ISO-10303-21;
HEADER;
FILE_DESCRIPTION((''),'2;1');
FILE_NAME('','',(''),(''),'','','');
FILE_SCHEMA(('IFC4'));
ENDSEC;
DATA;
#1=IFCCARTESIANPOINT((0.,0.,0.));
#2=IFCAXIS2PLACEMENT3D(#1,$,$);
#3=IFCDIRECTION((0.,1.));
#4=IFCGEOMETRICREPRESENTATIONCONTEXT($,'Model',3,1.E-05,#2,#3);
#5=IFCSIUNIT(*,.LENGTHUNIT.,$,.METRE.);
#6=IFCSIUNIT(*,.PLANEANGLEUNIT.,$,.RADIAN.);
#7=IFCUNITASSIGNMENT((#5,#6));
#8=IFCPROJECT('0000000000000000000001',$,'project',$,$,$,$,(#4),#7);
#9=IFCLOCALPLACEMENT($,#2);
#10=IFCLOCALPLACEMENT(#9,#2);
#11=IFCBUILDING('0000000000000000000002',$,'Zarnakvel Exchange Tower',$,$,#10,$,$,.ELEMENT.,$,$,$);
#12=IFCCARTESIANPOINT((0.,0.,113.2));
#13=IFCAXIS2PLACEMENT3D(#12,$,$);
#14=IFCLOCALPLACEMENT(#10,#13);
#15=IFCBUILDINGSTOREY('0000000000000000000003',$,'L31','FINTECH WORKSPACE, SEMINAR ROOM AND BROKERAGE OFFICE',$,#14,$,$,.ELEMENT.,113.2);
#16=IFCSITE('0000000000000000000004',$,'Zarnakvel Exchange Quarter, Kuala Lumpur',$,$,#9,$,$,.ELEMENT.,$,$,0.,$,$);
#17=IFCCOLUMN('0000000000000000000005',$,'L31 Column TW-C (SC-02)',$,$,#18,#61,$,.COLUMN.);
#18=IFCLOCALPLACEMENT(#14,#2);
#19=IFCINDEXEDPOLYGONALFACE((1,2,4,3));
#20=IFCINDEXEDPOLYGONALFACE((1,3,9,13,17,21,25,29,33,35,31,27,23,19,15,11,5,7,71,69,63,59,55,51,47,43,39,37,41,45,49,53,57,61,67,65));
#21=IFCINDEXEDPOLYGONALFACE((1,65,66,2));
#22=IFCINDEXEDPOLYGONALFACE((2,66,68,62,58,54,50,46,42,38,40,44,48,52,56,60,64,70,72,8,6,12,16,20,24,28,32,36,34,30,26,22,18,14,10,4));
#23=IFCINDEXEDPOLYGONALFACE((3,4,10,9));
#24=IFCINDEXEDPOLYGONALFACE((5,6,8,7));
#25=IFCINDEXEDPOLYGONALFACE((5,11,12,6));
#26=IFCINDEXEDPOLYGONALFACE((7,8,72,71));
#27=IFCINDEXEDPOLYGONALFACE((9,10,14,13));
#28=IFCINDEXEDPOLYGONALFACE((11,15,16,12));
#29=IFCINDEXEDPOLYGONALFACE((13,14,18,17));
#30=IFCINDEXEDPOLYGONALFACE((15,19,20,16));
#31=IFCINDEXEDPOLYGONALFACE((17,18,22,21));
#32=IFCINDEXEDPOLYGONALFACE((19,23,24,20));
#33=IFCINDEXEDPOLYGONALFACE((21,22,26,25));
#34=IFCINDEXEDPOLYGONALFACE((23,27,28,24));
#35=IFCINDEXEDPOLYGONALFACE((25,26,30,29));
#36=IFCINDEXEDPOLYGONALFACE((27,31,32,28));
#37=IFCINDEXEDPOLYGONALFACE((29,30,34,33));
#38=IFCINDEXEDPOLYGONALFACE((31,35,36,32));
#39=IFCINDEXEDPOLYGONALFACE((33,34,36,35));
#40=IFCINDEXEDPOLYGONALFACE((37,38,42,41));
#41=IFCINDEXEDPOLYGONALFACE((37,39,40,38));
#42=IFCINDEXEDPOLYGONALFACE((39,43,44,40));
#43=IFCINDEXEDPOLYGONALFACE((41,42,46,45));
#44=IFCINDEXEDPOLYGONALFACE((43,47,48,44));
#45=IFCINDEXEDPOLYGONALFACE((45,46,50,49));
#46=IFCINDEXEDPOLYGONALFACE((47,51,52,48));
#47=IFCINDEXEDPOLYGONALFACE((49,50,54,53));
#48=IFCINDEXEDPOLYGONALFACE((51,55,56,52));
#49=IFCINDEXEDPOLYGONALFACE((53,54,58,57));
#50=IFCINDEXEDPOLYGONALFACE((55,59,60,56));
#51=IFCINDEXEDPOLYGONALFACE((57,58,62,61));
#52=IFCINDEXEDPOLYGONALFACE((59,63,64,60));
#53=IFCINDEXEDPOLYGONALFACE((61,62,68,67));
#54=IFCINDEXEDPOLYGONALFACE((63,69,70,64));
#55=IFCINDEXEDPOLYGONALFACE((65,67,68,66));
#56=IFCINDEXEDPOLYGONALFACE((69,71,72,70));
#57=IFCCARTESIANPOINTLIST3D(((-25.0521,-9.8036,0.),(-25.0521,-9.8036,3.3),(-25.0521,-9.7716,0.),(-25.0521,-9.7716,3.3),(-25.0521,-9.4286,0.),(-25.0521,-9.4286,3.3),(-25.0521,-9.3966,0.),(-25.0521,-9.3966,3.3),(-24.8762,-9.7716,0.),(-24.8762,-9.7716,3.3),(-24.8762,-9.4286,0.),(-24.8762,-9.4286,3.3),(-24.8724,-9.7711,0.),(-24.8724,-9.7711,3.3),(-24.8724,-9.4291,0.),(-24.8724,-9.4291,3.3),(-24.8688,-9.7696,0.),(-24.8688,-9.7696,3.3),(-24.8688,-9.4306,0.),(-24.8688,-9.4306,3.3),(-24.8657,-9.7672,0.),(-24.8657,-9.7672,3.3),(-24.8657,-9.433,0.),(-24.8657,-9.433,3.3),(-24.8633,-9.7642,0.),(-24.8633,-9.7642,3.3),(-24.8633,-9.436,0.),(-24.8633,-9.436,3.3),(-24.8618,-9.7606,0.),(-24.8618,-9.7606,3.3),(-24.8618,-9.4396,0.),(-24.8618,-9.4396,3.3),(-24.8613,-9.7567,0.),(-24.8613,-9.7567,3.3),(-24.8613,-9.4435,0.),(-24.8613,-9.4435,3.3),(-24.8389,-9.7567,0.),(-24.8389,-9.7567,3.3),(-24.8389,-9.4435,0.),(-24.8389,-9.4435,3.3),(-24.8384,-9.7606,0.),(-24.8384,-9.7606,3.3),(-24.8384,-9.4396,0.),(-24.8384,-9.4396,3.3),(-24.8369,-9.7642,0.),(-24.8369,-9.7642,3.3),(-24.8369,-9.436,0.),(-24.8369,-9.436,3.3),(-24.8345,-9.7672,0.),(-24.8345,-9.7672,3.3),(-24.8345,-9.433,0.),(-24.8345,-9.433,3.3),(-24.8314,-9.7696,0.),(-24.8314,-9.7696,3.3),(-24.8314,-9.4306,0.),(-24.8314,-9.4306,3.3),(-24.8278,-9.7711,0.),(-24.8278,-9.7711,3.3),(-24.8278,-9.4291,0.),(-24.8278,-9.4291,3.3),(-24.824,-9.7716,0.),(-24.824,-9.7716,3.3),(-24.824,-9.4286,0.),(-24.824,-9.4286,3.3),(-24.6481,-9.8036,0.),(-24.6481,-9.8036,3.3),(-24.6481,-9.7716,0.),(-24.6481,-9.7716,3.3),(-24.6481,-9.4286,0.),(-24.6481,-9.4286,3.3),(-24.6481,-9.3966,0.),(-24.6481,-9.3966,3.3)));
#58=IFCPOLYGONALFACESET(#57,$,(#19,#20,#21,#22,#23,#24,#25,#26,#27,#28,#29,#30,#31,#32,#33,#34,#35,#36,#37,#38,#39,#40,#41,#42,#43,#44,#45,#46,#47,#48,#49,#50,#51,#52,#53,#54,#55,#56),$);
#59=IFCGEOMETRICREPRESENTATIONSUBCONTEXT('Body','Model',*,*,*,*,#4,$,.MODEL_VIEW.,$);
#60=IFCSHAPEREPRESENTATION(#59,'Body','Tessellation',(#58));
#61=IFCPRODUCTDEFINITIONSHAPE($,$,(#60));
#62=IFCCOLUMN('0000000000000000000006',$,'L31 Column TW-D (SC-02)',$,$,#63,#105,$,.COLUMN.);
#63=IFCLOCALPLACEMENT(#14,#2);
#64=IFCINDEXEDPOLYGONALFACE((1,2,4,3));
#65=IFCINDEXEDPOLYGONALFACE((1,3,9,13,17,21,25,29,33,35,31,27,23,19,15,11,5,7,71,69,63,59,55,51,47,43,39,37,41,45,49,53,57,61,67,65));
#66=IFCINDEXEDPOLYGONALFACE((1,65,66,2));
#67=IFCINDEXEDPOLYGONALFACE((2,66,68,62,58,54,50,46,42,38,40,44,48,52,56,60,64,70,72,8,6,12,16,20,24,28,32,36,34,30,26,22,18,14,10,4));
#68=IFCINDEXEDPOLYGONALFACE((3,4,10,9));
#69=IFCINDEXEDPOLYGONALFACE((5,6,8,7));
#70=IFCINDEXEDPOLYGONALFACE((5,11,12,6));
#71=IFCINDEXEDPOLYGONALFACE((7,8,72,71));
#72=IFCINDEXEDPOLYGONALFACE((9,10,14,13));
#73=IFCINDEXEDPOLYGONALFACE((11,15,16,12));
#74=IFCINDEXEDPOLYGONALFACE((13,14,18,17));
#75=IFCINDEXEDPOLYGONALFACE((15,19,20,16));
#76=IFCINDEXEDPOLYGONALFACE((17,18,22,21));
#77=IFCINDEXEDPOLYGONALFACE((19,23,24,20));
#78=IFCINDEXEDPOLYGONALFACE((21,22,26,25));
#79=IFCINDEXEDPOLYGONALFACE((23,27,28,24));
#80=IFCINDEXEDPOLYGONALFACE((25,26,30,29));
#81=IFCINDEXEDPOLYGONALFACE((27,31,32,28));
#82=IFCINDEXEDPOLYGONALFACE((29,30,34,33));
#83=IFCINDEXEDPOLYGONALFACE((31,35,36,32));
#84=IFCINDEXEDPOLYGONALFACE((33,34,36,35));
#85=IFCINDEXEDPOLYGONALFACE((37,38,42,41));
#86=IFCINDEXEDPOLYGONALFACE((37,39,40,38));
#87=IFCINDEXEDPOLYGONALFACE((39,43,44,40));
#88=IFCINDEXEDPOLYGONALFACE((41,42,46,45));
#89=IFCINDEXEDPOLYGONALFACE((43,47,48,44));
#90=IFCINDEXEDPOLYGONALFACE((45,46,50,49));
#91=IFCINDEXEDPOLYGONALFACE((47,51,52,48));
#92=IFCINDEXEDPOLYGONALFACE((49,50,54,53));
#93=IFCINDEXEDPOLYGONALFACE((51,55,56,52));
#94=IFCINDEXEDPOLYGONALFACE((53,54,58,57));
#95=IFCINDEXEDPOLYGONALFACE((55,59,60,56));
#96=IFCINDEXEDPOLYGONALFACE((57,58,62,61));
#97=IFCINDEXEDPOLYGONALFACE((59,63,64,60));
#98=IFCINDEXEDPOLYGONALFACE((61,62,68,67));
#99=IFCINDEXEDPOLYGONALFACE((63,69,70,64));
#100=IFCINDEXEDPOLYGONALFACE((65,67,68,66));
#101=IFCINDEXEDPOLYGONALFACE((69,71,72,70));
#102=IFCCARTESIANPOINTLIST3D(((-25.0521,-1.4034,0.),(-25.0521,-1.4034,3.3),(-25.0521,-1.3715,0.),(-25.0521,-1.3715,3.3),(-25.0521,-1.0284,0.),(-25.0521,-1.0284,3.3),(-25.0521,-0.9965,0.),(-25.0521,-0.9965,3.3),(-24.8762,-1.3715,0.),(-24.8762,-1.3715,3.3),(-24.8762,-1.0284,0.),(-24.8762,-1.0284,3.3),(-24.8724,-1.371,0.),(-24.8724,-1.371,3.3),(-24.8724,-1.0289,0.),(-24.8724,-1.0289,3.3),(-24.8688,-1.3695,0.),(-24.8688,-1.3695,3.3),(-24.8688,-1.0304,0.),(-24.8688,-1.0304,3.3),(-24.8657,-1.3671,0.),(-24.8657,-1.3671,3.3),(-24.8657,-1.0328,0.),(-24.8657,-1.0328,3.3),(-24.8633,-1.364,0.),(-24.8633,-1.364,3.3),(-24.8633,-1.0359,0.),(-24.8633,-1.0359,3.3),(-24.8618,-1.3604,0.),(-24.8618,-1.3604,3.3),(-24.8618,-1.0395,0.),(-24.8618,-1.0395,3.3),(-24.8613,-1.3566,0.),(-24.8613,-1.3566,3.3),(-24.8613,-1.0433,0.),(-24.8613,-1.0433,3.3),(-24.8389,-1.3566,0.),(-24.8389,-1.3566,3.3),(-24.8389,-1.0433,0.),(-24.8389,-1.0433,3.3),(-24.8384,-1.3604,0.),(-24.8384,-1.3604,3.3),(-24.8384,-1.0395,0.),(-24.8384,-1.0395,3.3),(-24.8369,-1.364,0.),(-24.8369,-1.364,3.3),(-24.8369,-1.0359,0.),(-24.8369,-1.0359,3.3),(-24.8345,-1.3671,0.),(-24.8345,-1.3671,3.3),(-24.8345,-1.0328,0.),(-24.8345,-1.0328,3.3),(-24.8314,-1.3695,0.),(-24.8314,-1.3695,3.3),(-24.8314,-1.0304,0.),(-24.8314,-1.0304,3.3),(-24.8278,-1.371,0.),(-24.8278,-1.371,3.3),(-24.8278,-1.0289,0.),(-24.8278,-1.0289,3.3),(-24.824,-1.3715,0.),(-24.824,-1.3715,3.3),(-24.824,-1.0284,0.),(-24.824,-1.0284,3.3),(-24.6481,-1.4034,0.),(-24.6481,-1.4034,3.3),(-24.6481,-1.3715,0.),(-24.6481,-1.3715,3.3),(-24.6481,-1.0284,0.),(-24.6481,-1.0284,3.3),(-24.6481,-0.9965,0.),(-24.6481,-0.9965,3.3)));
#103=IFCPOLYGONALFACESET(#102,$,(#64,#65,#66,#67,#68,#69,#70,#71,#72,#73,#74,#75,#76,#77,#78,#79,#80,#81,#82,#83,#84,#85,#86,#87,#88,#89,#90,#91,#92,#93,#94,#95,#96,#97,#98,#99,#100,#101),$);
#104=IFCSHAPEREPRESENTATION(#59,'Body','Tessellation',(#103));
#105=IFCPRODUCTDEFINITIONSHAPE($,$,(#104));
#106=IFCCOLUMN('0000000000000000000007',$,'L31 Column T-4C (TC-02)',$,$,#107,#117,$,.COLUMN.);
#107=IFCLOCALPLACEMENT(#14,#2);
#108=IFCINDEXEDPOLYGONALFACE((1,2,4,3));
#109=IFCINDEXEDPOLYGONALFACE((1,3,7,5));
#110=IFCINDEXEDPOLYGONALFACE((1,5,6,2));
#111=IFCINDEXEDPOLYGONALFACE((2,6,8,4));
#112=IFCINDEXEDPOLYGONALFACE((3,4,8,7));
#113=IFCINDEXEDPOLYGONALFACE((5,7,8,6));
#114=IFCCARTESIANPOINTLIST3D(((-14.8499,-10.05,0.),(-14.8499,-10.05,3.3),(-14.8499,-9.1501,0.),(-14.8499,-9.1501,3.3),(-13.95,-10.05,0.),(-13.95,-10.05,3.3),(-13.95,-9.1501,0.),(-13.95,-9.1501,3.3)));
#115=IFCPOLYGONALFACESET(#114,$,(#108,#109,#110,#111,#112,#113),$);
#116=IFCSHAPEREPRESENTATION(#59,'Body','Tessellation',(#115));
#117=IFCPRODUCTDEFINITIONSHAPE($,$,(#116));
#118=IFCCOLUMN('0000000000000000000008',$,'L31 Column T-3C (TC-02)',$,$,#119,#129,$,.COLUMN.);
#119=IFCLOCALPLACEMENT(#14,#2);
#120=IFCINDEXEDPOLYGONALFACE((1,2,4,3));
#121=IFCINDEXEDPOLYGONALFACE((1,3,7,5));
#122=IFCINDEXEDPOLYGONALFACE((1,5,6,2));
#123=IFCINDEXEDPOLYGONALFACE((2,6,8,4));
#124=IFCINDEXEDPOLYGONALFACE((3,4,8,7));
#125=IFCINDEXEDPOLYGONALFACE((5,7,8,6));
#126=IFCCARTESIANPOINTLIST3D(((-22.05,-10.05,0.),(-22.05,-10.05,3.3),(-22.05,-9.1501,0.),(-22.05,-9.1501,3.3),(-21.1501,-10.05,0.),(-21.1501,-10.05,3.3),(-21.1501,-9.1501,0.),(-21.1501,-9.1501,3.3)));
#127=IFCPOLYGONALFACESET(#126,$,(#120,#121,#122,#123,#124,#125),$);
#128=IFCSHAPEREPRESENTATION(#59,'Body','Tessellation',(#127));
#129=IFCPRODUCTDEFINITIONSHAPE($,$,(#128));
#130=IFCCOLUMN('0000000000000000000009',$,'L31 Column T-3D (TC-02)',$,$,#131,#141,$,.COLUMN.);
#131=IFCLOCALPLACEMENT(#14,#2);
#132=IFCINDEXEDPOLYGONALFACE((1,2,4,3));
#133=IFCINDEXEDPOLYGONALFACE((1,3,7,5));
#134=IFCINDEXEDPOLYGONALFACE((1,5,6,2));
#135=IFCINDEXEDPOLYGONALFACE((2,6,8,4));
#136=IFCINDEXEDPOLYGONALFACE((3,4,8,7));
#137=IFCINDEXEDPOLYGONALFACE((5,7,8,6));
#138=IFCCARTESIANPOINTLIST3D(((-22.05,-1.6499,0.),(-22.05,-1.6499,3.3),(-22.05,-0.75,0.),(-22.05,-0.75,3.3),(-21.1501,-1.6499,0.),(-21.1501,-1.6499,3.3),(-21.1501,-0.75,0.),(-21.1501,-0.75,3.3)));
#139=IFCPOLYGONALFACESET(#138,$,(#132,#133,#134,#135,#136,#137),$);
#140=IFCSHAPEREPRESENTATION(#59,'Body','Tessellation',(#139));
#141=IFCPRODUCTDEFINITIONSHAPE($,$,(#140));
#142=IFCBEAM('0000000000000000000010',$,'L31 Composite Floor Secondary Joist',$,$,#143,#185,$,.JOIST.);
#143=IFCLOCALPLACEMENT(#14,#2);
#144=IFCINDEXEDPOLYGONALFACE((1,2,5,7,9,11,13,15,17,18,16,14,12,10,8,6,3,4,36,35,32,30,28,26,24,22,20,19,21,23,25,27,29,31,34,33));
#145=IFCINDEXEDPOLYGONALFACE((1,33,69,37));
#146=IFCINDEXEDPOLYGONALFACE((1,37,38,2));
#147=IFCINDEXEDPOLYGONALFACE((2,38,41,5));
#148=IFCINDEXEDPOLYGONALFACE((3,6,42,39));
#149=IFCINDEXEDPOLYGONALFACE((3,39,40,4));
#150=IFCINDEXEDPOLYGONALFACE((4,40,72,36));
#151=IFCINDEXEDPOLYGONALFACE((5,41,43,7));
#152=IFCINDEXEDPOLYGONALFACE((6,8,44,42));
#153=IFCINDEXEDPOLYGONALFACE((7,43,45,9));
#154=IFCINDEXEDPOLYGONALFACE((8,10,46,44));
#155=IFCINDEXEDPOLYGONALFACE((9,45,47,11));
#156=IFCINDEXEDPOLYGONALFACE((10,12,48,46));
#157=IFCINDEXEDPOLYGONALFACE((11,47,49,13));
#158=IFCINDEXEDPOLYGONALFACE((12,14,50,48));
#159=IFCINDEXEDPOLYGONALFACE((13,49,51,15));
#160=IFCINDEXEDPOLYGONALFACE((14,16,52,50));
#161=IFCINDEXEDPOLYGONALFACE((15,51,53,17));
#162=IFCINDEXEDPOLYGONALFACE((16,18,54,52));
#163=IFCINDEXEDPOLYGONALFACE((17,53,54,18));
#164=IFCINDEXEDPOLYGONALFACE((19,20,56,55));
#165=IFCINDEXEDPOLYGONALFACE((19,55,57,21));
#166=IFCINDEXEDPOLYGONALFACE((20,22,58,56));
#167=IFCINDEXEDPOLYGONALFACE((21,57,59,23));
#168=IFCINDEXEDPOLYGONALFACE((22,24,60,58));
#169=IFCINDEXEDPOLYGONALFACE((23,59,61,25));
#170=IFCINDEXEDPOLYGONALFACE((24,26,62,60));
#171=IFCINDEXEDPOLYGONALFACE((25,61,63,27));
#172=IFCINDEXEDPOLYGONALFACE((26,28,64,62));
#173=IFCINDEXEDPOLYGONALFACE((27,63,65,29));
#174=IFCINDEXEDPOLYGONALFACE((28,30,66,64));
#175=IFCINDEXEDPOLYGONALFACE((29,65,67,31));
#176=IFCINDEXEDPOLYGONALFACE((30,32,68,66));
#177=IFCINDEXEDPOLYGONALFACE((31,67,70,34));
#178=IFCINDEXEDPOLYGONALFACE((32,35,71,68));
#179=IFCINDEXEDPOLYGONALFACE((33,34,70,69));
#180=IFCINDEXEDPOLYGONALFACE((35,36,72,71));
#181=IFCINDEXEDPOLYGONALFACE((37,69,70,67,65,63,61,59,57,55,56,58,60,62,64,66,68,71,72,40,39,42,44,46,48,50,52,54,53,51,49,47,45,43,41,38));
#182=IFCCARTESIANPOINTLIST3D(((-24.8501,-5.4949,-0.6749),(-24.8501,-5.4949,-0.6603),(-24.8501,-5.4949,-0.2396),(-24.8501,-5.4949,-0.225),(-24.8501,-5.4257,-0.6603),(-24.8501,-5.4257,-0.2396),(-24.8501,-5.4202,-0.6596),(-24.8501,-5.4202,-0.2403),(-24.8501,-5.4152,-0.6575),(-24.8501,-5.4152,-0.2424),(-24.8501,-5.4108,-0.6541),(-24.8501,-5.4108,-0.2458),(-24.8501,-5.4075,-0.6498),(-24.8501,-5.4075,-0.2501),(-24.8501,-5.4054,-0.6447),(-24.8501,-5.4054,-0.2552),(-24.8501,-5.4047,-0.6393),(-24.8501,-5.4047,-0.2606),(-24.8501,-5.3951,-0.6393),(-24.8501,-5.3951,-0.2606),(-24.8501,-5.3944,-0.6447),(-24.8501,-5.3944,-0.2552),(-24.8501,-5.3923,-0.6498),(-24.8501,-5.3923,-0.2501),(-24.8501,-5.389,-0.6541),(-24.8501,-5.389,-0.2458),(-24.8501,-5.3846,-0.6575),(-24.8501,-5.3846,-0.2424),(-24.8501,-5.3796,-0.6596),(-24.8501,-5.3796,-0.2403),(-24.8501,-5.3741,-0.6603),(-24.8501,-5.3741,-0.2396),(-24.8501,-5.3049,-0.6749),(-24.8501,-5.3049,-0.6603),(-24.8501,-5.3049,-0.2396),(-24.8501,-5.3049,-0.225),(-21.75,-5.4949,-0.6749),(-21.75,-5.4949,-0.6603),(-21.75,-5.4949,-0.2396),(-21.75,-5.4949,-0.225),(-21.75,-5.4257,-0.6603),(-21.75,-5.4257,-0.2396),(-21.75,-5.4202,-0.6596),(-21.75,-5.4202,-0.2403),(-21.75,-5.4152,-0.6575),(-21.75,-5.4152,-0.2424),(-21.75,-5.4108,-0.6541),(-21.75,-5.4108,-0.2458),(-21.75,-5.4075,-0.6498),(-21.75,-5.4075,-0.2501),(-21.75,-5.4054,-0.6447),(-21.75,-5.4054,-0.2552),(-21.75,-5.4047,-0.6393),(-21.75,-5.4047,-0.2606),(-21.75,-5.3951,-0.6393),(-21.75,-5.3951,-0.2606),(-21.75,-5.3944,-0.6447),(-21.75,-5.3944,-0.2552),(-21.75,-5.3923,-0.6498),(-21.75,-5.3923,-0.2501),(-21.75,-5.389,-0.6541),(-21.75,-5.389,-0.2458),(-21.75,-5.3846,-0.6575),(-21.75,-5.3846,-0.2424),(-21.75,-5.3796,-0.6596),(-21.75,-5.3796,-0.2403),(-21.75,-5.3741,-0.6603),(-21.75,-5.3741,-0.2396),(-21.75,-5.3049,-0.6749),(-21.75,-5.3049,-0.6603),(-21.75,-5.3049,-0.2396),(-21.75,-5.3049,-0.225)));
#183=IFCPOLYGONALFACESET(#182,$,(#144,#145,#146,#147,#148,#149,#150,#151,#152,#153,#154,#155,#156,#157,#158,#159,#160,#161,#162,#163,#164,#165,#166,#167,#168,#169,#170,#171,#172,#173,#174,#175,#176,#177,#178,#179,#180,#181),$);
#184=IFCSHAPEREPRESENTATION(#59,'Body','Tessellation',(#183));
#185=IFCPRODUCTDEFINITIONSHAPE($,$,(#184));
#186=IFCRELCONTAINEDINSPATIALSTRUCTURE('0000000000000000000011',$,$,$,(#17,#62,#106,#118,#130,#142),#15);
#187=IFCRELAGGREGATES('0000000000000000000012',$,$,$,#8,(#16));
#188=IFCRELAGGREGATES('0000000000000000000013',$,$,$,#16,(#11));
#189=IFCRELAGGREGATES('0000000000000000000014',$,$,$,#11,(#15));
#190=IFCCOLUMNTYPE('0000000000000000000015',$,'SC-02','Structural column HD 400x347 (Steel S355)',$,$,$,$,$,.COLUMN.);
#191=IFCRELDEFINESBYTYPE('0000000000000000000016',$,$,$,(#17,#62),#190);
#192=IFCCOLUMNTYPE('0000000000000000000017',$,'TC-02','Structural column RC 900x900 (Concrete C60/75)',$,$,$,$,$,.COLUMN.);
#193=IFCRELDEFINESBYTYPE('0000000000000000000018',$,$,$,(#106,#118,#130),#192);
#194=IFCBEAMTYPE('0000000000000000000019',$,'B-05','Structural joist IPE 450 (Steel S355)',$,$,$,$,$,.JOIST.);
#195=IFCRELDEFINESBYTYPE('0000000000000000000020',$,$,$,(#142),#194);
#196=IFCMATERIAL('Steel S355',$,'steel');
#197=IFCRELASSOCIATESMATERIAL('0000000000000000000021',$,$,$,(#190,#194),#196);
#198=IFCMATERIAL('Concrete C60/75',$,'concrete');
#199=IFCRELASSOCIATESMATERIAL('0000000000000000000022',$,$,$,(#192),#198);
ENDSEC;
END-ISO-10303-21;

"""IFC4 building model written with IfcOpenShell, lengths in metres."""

from ifc_helpers import new_model, si_unit, direction, frame, origin, origin_2d, place, context, subcontext, project, spatial, rectangle, i_section, extrude, material, material_profile, profile_set, type_object, element, save


model = new_model("IFC4")

# Units and contexts
model_context = context("Model", 3, precision=1e-05, world=origin(), true_north=direction((0.0, 1.0)))
body_context = subcontext(model_context, "Body", "Model", "MODEL_VIEW")
ifc_project = project(units=[si_unit("LENGTHUNIT", "METRE"), si_unit("PLANEANGLEUNIT", "RADIAN")], contexts=[model_context])

# Site, building, storey
site_placement = place(None, origin())
site = spatial("IfcSite", under=ifc_project, at=site_placement, Name="Zarnakvel Exchange Quarter, Kuala Lumpur", CompositionType="ELEMENT", RefElevation=0.0)
building_placement = place(site_placement, origin())
building = spatial("IfcBuilding", under=site, at=building_placement, Name="Zarnakvel Exchange Tower", CompositionType="ELEMENT")
storey_placement = place(building_placement, frame((0.0, 0.0, 113.2)))
storey = spatial("IfcBuildingStorey", under=building, at=storey_placement, Name="L31", Description="FINTECH WORKSPACE, SEMINAR ROOM AND BROKERAGE OFFICE", CompositionType="ELEMENT", Elevation=113.2)

# Columns
ifc_material_1 = material(Name="Steel S355", Category="steel")
ifc_material_profile_1 = material_profile(ifc_material_1, i_section(OverallWidth=0.4041, OverallDepth=0.407, WebThickness=0.0225, FlangeThickness=0.032, FilletRadius=0.0149, at=origin_2d()))
ifc_profile_set_1 = profile_set([ifc_material_profile_1], Name="Steel S355")
column_type_1 = type_object("IfcColumnType", Name="SC-02", Description="Structural column HD 400x347 (Steel S355)", PredefinedType="COLUMN", material=ifc_profile_set_1)
for number, where, z_axis, x_axis, name in (
    (1, (-24.8501, -9.6001, 0.0), (0.0, 0.0, 1.0), (1.0, 0.0, 0.0), "L31 Column TW-C (SC-02)"),
    (2, (-24.8501, -1.2, 0.0), (0.0, 0.0, 1.0), (1.0, 0.0, 0.0), "L31 Column TW-D (SC-02)"),
):
    element("IfcColumn", number, at=place(storey_placement, frame(where, z_axis=z_axis, x_axis=x_axis)), inside=storey, type_object=column_type_1, Name=name, PredefinedType="COLUMN", context=body_context, shape_type="SweptSolid", body=[
        extrude(i_section(OverallWidth=0.4041, OverallDepth=0.407, WebThickness=0.0225, FlangeThickness=0.032, FilletRadius=0.0149, at=origin_2d()), origin(), (0.0, 0.0, 1.0), 3.3),
    ])
ifc_material_2 = material(Name="Concrete C60/75", Category="concrete")
ifc_material_profile_2 = material_profile(ifc_material_2, rectangle(XDim=0.8999, YDim=0.8999, at=origin_2d()))
ifc_profile_set_2 = profile_set([ifc_material_profile_2], Name="Concrete C60/75")
column_type_2 = type_object("IfcColumnType", Name="TC-02", Description="Structural column RC 900x900 (Concrete C60/75)", PredefinedType="COLUMN", material=ifc_profile_set_2)
for number, where, z_axis, x_axis, name in (
    (3, (-14.3999, -9.6001, 0.0), (0.0, 0.0, 1.0), (1.0, 0.0, 0.0), "L31 Column T-4C (TC-02)"),
    (4, (-21.6001, -9.6001, 0.0), (0.0, 0.0, 1.0), (1.0, 0.0, 0.0), "L31 Column T-3C (TC-02)"),
    (5, (-21.6001, -1.2, 0.0), (0.0, 0.0, 1.0), (1.0, 0.0, 0.0), "L31 Column T-3D (TC-02)"),
):
    element("IfcColumn", number, at=place(storey_placement, frame(where, z_axis=z_axis, x_axis=x_axis)), inside=storey, type_object=column_type_2, Name=name, PredefinedType="COLUMN", context=body_context, shape_type="SweptSolid", body=[
        extrude(rectangle(XDim=0.8999, YDim=0.8999, at=origin_2d()), origin(), (0.0, 0.0, 1.0), 3.3),
    ])

# Beam
ifc_material_profile_3 = material_profile(ifc_material_1, i_section(OverallWidth=0.1899, OverallDepth=0.45, WebThickness=0.0095, FlangeThickness=0.0146, FilletRadius=0.021, at=origin_2d()))
ifc_profile_set_3 = profile_set([ifc_material_profile_3], Name="Steel S355")
beam_type_1 = type_object("IfcBeamType", Name="B-05", Description="Structural joist IPE 450 (Steel S355)", PredefinedType="JOIST", material=ifc_profile_set_3)
beam_1_placement = place(storey_placement, frame((-24.8501, -5.3999, -0.45), z_axis=(1.0, 0.0, 0.0), x_axis=(0.0, 1.0, 0.0)))
element("IfcBeam", 6, at=beam_1_placement, inside=storey, type_object=beam_type_1, Name="L31 Composite Floor Secondary Joist", PredefinedType="JOIST", context=body_context, shape_type="SweptSolid", body=[
    extrude(i_section(OverallWidth=0.1899, OverallDepth=0.45, WebThickness=0.0095, FlangeThickness=0.0146, FilletRadius=0.021, at=origin_2d()), origin(), (0.0, 0.0, 1.0), 3.1001),
])

save(model, "model.ifc")
